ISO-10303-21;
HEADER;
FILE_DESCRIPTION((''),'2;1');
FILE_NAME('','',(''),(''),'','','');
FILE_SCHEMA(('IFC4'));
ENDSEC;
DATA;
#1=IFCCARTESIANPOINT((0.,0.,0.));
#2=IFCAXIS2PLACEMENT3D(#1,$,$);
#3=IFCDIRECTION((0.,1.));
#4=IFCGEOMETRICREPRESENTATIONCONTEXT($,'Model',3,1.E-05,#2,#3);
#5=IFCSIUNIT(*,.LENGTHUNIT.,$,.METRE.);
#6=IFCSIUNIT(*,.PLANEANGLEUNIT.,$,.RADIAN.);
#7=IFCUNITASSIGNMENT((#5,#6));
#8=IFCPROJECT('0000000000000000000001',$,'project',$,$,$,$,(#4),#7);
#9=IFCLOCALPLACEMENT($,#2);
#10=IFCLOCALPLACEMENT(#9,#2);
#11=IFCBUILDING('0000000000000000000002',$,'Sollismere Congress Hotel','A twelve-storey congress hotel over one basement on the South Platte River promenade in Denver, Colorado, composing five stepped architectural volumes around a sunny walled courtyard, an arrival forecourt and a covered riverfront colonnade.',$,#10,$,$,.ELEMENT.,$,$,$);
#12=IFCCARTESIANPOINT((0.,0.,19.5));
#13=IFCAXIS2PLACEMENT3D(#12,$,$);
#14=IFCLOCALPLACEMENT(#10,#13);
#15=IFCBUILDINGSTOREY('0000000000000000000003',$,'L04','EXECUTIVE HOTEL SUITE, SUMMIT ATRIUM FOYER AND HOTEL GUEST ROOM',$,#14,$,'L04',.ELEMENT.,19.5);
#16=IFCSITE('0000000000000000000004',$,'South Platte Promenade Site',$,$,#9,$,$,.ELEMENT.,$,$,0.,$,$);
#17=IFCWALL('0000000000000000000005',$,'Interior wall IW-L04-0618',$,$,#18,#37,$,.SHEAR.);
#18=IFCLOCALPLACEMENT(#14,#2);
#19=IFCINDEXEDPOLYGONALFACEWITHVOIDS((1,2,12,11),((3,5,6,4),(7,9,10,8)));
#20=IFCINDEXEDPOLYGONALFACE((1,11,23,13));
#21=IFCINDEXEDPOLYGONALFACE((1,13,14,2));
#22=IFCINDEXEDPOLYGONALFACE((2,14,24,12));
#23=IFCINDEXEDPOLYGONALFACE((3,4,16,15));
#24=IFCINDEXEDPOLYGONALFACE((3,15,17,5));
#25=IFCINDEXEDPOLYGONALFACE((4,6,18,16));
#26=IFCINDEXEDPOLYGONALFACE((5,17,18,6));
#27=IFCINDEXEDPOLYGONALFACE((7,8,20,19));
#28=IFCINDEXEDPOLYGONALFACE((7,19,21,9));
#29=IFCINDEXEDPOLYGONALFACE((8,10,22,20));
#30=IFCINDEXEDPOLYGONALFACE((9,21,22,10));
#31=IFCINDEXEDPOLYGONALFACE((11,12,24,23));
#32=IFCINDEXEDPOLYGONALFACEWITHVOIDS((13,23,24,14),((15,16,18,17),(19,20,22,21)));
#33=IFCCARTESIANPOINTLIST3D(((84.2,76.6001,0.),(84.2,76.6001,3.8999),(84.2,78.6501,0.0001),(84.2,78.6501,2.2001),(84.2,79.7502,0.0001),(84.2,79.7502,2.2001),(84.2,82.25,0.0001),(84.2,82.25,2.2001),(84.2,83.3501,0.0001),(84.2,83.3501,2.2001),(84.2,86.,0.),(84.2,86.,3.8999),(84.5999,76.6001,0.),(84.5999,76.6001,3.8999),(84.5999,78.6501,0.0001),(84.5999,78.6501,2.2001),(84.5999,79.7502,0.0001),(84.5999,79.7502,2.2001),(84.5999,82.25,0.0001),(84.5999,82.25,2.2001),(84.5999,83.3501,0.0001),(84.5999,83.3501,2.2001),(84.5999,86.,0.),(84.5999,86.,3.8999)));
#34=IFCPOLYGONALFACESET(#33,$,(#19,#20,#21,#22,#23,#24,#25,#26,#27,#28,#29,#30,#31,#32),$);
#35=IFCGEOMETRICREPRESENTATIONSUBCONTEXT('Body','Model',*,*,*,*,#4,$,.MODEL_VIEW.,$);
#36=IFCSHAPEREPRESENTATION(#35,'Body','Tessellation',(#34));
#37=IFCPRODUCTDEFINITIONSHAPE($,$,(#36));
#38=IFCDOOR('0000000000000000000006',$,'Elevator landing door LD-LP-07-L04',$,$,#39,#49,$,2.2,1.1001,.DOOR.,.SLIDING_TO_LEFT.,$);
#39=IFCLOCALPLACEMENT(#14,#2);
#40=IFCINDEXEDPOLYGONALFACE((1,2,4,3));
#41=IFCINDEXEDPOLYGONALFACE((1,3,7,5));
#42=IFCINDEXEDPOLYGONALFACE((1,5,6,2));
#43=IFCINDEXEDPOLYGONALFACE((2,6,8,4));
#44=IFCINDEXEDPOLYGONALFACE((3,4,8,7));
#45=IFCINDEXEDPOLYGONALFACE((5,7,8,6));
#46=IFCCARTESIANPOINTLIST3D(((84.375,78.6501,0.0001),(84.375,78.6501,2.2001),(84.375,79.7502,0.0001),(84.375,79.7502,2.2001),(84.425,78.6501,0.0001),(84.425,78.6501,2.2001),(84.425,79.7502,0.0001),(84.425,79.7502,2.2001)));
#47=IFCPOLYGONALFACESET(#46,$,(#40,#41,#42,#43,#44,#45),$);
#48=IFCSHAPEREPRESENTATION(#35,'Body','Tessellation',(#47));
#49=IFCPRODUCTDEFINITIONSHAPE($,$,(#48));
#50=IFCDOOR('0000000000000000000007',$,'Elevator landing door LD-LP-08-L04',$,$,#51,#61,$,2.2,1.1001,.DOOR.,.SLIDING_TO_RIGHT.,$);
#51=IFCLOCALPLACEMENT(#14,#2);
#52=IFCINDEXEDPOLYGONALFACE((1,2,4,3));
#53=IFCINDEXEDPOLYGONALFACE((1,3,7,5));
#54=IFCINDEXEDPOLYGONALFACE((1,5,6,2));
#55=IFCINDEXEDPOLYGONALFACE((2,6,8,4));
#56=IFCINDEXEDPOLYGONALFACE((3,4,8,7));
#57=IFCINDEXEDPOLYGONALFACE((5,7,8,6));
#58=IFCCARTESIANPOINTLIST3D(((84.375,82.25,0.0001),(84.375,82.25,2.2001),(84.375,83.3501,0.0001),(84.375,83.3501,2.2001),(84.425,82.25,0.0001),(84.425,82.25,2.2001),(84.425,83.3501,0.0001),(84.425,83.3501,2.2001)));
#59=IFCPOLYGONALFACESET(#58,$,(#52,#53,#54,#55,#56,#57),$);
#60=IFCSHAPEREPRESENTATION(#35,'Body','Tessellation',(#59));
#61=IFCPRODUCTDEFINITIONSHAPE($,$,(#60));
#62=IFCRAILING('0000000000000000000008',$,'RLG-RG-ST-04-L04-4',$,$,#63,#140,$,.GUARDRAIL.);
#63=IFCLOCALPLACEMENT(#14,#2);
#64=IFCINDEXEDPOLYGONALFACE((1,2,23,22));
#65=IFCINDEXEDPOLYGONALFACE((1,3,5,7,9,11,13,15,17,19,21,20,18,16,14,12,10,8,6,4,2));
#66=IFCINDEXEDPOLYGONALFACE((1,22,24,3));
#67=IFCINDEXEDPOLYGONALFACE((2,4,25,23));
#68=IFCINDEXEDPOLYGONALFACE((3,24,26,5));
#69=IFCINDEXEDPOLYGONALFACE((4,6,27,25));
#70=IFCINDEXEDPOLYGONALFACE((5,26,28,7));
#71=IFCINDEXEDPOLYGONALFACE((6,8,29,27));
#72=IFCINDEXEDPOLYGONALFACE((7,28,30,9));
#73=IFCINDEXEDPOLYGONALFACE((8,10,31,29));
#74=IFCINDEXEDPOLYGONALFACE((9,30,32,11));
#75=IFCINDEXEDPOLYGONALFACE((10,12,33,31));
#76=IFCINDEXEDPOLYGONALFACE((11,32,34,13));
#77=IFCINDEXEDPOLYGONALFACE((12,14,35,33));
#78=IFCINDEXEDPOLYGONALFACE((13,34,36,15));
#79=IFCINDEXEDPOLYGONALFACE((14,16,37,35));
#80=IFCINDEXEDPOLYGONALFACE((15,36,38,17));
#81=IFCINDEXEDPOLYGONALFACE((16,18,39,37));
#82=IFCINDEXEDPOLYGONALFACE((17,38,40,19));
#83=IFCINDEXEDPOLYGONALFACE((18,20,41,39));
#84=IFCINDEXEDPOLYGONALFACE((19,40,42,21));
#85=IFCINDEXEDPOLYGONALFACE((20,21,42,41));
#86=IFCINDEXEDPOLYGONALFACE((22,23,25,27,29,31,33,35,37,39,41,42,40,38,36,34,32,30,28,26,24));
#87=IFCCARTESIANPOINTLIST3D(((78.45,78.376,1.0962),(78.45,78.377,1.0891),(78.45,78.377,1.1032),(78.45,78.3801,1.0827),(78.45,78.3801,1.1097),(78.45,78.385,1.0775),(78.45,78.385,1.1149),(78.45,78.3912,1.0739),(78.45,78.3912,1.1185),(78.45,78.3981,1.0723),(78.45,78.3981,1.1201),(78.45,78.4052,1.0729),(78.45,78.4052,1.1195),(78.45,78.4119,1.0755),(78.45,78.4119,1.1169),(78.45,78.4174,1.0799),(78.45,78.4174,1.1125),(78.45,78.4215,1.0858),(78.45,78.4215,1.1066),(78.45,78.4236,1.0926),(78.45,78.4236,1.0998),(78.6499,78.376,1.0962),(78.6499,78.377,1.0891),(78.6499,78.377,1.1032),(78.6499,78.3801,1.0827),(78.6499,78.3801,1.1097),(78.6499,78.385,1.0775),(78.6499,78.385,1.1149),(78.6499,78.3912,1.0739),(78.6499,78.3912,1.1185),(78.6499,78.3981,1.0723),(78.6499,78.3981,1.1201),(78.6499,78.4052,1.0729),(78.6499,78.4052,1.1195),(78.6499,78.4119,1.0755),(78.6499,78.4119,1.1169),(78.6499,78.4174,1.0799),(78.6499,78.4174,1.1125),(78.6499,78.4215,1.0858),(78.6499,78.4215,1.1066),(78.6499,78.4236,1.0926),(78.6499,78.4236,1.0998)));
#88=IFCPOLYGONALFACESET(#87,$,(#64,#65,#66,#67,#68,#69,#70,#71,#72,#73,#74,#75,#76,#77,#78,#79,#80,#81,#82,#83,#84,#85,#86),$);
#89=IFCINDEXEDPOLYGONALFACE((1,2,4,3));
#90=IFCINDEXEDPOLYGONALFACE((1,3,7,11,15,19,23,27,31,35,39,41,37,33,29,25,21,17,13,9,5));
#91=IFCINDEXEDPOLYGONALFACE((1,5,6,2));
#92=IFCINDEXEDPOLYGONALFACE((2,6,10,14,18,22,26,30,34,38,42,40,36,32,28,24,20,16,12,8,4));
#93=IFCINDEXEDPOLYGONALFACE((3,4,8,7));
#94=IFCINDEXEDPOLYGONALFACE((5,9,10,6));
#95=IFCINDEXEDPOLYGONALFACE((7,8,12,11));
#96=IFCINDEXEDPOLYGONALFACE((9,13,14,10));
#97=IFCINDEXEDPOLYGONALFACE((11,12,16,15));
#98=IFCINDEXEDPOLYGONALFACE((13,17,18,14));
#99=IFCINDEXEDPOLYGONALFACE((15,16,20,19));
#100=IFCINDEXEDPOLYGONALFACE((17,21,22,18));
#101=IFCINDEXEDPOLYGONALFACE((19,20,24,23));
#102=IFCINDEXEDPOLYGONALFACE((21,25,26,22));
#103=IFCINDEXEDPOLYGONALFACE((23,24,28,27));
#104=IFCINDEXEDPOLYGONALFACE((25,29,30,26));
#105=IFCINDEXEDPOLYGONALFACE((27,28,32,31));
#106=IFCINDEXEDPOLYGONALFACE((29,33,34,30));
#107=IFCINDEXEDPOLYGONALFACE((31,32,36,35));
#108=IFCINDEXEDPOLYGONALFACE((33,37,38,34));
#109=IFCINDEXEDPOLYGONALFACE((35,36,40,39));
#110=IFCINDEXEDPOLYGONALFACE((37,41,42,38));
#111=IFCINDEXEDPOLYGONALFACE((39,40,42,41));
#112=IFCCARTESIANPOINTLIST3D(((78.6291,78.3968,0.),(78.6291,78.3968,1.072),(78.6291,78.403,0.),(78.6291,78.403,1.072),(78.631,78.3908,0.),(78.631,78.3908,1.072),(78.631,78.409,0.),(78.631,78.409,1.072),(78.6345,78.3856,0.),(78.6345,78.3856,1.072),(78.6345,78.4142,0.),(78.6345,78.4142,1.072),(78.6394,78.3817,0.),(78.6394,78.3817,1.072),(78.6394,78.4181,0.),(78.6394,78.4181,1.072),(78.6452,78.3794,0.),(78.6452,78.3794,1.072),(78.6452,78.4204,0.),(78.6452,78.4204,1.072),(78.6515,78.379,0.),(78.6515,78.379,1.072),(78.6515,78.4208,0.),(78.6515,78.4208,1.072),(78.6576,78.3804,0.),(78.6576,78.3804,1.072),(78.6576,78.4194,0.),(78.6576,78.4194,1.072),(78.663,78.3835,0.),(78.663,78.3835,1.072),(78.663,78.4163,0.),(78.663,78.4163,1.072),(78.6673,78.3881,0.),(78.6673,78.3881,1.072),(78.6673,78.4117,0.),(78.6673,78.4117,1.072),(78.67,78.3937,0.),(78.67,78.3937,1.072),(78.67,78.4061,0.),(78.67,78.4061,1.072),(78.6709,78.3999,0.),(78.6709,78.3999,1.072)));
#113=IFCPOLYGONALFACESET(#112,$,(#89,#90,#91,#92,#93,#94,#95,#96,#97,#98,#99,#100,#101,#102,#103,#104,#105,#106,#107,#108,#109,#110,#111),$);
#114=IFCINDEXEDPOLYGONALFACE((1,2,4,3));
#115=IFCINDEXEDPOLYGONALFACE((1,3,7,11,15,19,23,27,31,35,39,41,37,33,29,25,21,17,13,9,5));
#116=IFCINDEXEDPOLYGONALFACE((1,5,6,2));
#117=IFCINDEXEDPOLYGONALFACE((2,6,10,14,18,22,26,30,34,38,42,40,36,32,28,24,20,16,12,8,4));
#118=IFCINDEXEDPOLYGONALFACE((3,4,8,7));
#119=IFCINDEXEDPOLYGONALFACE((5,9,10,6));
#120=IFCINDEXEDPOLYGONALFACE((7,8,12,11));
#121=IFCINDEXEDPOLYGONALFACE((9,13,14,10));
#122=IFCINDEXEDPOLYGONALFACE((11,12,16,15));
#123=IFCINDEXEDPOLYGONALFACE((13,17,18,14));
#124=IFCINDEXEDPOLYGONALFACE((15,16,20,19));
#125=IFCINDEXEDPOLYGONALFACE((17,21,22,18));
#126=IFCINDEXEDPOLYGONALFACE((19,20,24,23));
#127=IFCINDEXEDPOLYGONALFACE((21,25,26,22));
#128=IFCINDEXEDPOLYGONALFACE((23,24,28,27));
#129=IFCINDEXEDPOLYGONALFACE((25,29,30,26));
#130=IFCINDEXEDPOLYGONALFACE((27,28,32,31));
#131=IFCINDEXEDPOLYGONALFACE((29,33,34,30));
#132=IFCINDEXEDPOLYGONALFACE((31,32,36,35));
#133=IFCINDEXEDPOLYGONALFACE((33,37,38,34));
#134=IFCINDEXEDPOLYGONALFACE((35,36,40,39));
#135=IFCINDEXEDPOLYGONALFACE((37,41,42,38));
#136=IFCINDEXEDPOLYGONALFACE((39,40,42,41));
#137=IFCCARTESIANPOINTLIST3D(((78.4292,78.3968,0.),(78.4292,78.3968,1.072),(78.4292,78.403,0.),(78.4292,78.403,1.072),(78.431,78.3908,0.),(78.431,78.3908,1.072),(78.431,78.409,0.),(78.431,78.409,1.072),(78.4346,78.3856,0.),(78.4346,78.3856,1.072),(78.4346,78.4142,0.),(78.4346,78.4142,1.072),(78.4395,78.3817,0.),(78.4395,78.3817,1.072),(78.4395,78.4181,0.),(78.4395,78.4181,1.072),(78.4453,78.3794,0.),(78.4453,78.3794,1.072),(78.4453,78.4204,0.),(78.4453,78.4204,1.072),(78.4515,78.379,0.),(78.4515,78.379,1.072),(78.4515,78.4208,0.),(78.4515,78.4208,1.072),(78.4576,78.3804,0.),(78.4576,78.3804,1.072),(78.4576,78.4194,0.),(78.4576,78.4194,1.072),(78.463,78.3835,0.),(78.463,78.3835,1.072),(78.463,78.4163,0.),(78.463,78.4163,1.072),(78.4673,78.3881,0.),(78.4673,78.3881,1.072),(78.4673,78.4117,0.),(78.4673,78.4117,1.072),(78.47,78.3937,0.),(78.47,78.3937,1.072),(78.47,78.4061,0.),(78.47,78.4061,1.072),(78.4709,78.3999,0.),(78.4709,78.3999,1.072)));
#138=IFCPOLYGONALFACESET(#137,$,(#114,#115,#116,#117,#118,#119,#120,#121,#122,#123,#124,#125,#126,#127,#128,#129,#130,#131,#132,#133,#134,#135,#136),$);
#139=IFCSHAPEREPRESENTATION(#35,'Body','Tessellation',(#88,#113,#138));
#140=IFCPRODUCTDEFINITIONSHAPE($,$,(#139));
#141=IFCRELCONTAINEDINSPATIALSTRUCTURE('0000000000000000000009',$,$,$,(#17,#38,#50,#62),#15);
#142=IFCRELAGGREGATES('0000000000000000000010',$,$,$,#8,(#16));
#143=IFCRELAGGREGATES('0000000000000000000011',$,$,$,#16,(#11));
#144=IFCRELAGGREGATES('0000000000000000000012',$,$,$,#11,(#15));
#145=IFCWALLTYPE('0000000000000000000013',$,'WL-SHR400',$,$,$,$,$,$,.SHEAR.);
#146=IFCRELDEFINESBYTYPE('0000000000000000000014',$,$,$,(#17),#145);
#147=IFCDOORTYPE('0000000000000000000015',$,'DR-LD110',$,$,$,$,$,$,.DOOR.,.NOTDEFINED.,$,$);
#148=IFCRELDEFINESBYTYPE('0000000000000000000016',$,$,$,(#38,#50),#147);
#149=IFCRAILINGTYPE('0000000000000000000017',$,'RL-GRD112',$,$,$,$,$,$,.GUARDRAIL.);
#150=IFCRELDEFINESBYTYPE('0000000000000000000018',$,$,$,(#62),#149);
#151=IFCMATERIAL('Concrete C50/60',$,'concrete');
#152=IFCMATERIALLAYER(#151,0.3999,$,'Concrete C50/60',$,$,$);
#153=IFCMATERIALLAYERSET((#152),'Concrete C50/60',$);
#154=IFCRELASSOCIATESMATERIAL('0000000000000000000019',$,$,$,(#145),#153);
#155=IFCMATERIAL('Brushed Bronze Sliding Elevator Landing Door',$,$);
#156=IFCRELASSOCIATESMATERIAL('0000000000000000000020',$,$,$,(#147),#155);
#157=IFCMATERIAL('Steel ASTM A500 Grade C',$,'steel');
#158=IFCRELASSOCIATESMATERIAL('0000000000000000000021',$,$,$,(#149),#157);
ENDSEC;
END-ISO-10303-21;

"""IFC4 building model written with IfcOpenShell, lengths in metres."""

from ifc_helpers import new_model, si_unit, direction, frame, frame_2d, origin, origin_2d, place, context, subcontext, project, spatial, rectangle, circle, extrude, material, layer, layer_set, type_object, element, fill, save


model = new_model("IFC4")

# Units and contexts
model_context = context("Model", 3, precision=1e-05, world=origin(), true_north=direction((0.0, 1.0)))
body_context = subcontext(model_context, "Body", "Model", "MODEL_VIEW")
ifc_project = project(units=[si_unit("LENGTHUNIT", "METRE"), si_unit("PLANEANGLEUNIT", "RADIAN")], contexts=[model_context])

# Site, building, storey
site_placement = place(None, origin())
site = spatial("IfcSite", under=ifc_project, at=site_placement, Name="South Platte Promenade Site", CompositionType="ELEMENT", RefElevation=0.0)
building_placement = place(site_placement, origin())
building = spatial("IfcBuilding", under=site, at=building_placement, Name="Sollismere Congress Hotel", Description="A twelve-storey congress hotel over one basement on the South Platte River promenade in Denver, Colorado, composing five stepped architectural volumes around a sunny walled courtyard, an arrival forecourt and a covered riverfront colonnade.", CompositionType="ELEMENT")
storey_placement = place(building_placement, frame((0.0, 0.0, 19.5)))
storey = spatial("IfcBuildingStorey", under=building, at=storey_placement, Name="L04", Description="EXECUTIVE HOTEL SUITE, SUMMIT ATRIUM FOYER AND HOTEL GUEST ROOM", LongName="L04", CompositionType="ELEMENT", Elevation=19.5)

# Shared definitions
ifc_material_1 = material(Name="Concrete C50/60", Category="concrete")

# Shared definitions
ifc_layer_1 = layer(ifc_material_1, 0.3999, Name="Concrete C50/60")
ifc_layer_set_1 = layer_set([ifc_layer_1], Name="Concrete C50/60")
wall_type_1 = type_object("IfcWallType", Name="WL-SHR400", PredefinedType="SHEAR", material=ifc_layer_set_1)

# Wall, openings, doors
wall_1_placement = place(storey_placement, frame((84.3999, 76.6001, 0.0), z_axis=(0.0, 0.0, 1.0), x_axis=(0.0, 1.0, 0.0)))
wall_1 = element("IfcWall", 1, at=wall_1_placement, inside=storey, type_object=wall_type_1, Name="Interior wall IW-L04-0618", PredefinedType="SHEAR", context=body_context, shape_type="SweptSolid", body=[
    extrude(rectangle(XDim=9.3999, YDim=0.3999, at=frame_2d((4.7, 0.0))), origin(), (0.0, 0.0, 1.0), 3.8999),
])
opening_1_placement = place(wall_1_placement, frame((2.05, 0.0, 0.0)))
opening_1 = element("IfcOpeningElement", 2, at=opening_1_placement, cuts=wall_1, PredefinedType="OPENING", context=body_context, shape_type="SweptSolid", body=[
    extrude(rectangle(XDim=1.1001, YDim=2.2, at=frame_2d((0.55, 1.1001))), frame((0.0, 0.21, 0.0), z_axis=(0.0, -1.0, 0.0), x_axis=(1.0, 0.0, 0.0)), (0.0, 0.0, 1.0), 0.4199),
])
opening_2_placement = place(wall_1_placement, frame((5.6499, 0.0, 0.0)))
opening_2 = element("IfcOpeningElement", 3, at=opening_2_placement, cuts=wall_1, PredefinedType="OPENING", context=body_context, shape_type="SweptSolid", body=[
    extrude(rectangle(XDim=1.1001, YDim=2.2, at=frame_2d((0.55, 1.1001))), frame((0.0, 0.21, 0.0), z_axis=(0.0, -1.0, 0.0), x_axis=(1.0, 0.0, 0.0)), (0.0, 0.0, 1.0), 0.4199),
])
ifc_material_2 = material(Name="Brushed Bronze Sliding Elevator Landing Door")
door_type_1 = type_object("IfcDoorType", Name="DR-LD110", OperationType="NOTDEFINED", PredefinedType="DOOR", material=ifc_material_2)
door_1_placement = place(opening_1_placement, origin())
door_1 = element("IfcDoor", 4, at=door_1_placement, inside=storey, type_object=door_type_1, Name="Elevator landing door LD-LP-07-L04", OperationType="SLIDING_TO_LEFT", OverallHeight=2.2, OverallWidth=1.1001, PredefinedType="DOOR", context=body_context, shape_type="SweptSolid", body=[
    extrude(rectangle(XDim=1.1001, YDim=2.2, at=frame_2d((0.55, 1.1001))), frame((0.0, 0.0249, 0.0), z_axis=(0.0, -1.0, 0.0), x_axis=(1.0, 0.0, 0.0)), (0.0, 0.0, 1.0), 0.05),
])
fill(opening_1, door_1)
door_2_placement = place(opening_2_placement, origin())
door_2 = element("IfcDoor", 5, at=door_2_placement, inside=storey, type_object=door_type_1, Name="Elevator landing door LD-LP-08-L04", OperationType="SLIDING_TO_RIGHT", OverallHeight=2.2, OverallWidth=1.1001, PredefinedType="DOOR", context=body_context, shape_type="SweptSolid", body=[
    extrude(rectangle(XDim=1.1001, YDim=2.2, at=frame_2d((0.55, 1.1001))), frame((0.0, 0.0249, 0.0), z_axis=(0.0, -1.0, 0.0), x_axis=(1.0, 0.0, 0.0)), (0.0, 0.0, 1.0), 0.05),
])
fill(opening_2, door_2)

# Railing
ifc_material_3 = material(Name="Steel ASTM A500 Grade C", Category="steel")
railing_type = type_object("IfcRailingType", Name="RL-GRD112", PredefinedType="GUARDRAIL", material=ifc_material_3)
railing_placement = place(storey_placement, frame((78.6499, 78.3999, 0.0)))
element("IfcRailing", 6, at=railing_placement, inside=storey, type_object=railing_type, Name="RLG-RG-ST-04-L04-4", PredefinedType="GUARDRAIL", context=body_context, shape_type="SweptSolid", body=[
    extrude(circle(Radius=0.0239, at=origin_2d()), frame((0.0, 0.0, 1.0962), z_axis=(-1.0, 0.0, 0.0), x_axis=(0.0, -1.0, 0.0)), (0.0, 0.0, 1.0), 0.2),
    extrude(circle(Radius=0.021, at=origin_2d()), origin(), (0.0, 0.0, 1.0), 1.072),
    extrude(circle(Radius=0.021, at=origin_2d()), frame((-0.2, 0.0, 0.0)), (0.0, 0.0, 1.0), 1.072),
])

save(model, "model.ifc")
